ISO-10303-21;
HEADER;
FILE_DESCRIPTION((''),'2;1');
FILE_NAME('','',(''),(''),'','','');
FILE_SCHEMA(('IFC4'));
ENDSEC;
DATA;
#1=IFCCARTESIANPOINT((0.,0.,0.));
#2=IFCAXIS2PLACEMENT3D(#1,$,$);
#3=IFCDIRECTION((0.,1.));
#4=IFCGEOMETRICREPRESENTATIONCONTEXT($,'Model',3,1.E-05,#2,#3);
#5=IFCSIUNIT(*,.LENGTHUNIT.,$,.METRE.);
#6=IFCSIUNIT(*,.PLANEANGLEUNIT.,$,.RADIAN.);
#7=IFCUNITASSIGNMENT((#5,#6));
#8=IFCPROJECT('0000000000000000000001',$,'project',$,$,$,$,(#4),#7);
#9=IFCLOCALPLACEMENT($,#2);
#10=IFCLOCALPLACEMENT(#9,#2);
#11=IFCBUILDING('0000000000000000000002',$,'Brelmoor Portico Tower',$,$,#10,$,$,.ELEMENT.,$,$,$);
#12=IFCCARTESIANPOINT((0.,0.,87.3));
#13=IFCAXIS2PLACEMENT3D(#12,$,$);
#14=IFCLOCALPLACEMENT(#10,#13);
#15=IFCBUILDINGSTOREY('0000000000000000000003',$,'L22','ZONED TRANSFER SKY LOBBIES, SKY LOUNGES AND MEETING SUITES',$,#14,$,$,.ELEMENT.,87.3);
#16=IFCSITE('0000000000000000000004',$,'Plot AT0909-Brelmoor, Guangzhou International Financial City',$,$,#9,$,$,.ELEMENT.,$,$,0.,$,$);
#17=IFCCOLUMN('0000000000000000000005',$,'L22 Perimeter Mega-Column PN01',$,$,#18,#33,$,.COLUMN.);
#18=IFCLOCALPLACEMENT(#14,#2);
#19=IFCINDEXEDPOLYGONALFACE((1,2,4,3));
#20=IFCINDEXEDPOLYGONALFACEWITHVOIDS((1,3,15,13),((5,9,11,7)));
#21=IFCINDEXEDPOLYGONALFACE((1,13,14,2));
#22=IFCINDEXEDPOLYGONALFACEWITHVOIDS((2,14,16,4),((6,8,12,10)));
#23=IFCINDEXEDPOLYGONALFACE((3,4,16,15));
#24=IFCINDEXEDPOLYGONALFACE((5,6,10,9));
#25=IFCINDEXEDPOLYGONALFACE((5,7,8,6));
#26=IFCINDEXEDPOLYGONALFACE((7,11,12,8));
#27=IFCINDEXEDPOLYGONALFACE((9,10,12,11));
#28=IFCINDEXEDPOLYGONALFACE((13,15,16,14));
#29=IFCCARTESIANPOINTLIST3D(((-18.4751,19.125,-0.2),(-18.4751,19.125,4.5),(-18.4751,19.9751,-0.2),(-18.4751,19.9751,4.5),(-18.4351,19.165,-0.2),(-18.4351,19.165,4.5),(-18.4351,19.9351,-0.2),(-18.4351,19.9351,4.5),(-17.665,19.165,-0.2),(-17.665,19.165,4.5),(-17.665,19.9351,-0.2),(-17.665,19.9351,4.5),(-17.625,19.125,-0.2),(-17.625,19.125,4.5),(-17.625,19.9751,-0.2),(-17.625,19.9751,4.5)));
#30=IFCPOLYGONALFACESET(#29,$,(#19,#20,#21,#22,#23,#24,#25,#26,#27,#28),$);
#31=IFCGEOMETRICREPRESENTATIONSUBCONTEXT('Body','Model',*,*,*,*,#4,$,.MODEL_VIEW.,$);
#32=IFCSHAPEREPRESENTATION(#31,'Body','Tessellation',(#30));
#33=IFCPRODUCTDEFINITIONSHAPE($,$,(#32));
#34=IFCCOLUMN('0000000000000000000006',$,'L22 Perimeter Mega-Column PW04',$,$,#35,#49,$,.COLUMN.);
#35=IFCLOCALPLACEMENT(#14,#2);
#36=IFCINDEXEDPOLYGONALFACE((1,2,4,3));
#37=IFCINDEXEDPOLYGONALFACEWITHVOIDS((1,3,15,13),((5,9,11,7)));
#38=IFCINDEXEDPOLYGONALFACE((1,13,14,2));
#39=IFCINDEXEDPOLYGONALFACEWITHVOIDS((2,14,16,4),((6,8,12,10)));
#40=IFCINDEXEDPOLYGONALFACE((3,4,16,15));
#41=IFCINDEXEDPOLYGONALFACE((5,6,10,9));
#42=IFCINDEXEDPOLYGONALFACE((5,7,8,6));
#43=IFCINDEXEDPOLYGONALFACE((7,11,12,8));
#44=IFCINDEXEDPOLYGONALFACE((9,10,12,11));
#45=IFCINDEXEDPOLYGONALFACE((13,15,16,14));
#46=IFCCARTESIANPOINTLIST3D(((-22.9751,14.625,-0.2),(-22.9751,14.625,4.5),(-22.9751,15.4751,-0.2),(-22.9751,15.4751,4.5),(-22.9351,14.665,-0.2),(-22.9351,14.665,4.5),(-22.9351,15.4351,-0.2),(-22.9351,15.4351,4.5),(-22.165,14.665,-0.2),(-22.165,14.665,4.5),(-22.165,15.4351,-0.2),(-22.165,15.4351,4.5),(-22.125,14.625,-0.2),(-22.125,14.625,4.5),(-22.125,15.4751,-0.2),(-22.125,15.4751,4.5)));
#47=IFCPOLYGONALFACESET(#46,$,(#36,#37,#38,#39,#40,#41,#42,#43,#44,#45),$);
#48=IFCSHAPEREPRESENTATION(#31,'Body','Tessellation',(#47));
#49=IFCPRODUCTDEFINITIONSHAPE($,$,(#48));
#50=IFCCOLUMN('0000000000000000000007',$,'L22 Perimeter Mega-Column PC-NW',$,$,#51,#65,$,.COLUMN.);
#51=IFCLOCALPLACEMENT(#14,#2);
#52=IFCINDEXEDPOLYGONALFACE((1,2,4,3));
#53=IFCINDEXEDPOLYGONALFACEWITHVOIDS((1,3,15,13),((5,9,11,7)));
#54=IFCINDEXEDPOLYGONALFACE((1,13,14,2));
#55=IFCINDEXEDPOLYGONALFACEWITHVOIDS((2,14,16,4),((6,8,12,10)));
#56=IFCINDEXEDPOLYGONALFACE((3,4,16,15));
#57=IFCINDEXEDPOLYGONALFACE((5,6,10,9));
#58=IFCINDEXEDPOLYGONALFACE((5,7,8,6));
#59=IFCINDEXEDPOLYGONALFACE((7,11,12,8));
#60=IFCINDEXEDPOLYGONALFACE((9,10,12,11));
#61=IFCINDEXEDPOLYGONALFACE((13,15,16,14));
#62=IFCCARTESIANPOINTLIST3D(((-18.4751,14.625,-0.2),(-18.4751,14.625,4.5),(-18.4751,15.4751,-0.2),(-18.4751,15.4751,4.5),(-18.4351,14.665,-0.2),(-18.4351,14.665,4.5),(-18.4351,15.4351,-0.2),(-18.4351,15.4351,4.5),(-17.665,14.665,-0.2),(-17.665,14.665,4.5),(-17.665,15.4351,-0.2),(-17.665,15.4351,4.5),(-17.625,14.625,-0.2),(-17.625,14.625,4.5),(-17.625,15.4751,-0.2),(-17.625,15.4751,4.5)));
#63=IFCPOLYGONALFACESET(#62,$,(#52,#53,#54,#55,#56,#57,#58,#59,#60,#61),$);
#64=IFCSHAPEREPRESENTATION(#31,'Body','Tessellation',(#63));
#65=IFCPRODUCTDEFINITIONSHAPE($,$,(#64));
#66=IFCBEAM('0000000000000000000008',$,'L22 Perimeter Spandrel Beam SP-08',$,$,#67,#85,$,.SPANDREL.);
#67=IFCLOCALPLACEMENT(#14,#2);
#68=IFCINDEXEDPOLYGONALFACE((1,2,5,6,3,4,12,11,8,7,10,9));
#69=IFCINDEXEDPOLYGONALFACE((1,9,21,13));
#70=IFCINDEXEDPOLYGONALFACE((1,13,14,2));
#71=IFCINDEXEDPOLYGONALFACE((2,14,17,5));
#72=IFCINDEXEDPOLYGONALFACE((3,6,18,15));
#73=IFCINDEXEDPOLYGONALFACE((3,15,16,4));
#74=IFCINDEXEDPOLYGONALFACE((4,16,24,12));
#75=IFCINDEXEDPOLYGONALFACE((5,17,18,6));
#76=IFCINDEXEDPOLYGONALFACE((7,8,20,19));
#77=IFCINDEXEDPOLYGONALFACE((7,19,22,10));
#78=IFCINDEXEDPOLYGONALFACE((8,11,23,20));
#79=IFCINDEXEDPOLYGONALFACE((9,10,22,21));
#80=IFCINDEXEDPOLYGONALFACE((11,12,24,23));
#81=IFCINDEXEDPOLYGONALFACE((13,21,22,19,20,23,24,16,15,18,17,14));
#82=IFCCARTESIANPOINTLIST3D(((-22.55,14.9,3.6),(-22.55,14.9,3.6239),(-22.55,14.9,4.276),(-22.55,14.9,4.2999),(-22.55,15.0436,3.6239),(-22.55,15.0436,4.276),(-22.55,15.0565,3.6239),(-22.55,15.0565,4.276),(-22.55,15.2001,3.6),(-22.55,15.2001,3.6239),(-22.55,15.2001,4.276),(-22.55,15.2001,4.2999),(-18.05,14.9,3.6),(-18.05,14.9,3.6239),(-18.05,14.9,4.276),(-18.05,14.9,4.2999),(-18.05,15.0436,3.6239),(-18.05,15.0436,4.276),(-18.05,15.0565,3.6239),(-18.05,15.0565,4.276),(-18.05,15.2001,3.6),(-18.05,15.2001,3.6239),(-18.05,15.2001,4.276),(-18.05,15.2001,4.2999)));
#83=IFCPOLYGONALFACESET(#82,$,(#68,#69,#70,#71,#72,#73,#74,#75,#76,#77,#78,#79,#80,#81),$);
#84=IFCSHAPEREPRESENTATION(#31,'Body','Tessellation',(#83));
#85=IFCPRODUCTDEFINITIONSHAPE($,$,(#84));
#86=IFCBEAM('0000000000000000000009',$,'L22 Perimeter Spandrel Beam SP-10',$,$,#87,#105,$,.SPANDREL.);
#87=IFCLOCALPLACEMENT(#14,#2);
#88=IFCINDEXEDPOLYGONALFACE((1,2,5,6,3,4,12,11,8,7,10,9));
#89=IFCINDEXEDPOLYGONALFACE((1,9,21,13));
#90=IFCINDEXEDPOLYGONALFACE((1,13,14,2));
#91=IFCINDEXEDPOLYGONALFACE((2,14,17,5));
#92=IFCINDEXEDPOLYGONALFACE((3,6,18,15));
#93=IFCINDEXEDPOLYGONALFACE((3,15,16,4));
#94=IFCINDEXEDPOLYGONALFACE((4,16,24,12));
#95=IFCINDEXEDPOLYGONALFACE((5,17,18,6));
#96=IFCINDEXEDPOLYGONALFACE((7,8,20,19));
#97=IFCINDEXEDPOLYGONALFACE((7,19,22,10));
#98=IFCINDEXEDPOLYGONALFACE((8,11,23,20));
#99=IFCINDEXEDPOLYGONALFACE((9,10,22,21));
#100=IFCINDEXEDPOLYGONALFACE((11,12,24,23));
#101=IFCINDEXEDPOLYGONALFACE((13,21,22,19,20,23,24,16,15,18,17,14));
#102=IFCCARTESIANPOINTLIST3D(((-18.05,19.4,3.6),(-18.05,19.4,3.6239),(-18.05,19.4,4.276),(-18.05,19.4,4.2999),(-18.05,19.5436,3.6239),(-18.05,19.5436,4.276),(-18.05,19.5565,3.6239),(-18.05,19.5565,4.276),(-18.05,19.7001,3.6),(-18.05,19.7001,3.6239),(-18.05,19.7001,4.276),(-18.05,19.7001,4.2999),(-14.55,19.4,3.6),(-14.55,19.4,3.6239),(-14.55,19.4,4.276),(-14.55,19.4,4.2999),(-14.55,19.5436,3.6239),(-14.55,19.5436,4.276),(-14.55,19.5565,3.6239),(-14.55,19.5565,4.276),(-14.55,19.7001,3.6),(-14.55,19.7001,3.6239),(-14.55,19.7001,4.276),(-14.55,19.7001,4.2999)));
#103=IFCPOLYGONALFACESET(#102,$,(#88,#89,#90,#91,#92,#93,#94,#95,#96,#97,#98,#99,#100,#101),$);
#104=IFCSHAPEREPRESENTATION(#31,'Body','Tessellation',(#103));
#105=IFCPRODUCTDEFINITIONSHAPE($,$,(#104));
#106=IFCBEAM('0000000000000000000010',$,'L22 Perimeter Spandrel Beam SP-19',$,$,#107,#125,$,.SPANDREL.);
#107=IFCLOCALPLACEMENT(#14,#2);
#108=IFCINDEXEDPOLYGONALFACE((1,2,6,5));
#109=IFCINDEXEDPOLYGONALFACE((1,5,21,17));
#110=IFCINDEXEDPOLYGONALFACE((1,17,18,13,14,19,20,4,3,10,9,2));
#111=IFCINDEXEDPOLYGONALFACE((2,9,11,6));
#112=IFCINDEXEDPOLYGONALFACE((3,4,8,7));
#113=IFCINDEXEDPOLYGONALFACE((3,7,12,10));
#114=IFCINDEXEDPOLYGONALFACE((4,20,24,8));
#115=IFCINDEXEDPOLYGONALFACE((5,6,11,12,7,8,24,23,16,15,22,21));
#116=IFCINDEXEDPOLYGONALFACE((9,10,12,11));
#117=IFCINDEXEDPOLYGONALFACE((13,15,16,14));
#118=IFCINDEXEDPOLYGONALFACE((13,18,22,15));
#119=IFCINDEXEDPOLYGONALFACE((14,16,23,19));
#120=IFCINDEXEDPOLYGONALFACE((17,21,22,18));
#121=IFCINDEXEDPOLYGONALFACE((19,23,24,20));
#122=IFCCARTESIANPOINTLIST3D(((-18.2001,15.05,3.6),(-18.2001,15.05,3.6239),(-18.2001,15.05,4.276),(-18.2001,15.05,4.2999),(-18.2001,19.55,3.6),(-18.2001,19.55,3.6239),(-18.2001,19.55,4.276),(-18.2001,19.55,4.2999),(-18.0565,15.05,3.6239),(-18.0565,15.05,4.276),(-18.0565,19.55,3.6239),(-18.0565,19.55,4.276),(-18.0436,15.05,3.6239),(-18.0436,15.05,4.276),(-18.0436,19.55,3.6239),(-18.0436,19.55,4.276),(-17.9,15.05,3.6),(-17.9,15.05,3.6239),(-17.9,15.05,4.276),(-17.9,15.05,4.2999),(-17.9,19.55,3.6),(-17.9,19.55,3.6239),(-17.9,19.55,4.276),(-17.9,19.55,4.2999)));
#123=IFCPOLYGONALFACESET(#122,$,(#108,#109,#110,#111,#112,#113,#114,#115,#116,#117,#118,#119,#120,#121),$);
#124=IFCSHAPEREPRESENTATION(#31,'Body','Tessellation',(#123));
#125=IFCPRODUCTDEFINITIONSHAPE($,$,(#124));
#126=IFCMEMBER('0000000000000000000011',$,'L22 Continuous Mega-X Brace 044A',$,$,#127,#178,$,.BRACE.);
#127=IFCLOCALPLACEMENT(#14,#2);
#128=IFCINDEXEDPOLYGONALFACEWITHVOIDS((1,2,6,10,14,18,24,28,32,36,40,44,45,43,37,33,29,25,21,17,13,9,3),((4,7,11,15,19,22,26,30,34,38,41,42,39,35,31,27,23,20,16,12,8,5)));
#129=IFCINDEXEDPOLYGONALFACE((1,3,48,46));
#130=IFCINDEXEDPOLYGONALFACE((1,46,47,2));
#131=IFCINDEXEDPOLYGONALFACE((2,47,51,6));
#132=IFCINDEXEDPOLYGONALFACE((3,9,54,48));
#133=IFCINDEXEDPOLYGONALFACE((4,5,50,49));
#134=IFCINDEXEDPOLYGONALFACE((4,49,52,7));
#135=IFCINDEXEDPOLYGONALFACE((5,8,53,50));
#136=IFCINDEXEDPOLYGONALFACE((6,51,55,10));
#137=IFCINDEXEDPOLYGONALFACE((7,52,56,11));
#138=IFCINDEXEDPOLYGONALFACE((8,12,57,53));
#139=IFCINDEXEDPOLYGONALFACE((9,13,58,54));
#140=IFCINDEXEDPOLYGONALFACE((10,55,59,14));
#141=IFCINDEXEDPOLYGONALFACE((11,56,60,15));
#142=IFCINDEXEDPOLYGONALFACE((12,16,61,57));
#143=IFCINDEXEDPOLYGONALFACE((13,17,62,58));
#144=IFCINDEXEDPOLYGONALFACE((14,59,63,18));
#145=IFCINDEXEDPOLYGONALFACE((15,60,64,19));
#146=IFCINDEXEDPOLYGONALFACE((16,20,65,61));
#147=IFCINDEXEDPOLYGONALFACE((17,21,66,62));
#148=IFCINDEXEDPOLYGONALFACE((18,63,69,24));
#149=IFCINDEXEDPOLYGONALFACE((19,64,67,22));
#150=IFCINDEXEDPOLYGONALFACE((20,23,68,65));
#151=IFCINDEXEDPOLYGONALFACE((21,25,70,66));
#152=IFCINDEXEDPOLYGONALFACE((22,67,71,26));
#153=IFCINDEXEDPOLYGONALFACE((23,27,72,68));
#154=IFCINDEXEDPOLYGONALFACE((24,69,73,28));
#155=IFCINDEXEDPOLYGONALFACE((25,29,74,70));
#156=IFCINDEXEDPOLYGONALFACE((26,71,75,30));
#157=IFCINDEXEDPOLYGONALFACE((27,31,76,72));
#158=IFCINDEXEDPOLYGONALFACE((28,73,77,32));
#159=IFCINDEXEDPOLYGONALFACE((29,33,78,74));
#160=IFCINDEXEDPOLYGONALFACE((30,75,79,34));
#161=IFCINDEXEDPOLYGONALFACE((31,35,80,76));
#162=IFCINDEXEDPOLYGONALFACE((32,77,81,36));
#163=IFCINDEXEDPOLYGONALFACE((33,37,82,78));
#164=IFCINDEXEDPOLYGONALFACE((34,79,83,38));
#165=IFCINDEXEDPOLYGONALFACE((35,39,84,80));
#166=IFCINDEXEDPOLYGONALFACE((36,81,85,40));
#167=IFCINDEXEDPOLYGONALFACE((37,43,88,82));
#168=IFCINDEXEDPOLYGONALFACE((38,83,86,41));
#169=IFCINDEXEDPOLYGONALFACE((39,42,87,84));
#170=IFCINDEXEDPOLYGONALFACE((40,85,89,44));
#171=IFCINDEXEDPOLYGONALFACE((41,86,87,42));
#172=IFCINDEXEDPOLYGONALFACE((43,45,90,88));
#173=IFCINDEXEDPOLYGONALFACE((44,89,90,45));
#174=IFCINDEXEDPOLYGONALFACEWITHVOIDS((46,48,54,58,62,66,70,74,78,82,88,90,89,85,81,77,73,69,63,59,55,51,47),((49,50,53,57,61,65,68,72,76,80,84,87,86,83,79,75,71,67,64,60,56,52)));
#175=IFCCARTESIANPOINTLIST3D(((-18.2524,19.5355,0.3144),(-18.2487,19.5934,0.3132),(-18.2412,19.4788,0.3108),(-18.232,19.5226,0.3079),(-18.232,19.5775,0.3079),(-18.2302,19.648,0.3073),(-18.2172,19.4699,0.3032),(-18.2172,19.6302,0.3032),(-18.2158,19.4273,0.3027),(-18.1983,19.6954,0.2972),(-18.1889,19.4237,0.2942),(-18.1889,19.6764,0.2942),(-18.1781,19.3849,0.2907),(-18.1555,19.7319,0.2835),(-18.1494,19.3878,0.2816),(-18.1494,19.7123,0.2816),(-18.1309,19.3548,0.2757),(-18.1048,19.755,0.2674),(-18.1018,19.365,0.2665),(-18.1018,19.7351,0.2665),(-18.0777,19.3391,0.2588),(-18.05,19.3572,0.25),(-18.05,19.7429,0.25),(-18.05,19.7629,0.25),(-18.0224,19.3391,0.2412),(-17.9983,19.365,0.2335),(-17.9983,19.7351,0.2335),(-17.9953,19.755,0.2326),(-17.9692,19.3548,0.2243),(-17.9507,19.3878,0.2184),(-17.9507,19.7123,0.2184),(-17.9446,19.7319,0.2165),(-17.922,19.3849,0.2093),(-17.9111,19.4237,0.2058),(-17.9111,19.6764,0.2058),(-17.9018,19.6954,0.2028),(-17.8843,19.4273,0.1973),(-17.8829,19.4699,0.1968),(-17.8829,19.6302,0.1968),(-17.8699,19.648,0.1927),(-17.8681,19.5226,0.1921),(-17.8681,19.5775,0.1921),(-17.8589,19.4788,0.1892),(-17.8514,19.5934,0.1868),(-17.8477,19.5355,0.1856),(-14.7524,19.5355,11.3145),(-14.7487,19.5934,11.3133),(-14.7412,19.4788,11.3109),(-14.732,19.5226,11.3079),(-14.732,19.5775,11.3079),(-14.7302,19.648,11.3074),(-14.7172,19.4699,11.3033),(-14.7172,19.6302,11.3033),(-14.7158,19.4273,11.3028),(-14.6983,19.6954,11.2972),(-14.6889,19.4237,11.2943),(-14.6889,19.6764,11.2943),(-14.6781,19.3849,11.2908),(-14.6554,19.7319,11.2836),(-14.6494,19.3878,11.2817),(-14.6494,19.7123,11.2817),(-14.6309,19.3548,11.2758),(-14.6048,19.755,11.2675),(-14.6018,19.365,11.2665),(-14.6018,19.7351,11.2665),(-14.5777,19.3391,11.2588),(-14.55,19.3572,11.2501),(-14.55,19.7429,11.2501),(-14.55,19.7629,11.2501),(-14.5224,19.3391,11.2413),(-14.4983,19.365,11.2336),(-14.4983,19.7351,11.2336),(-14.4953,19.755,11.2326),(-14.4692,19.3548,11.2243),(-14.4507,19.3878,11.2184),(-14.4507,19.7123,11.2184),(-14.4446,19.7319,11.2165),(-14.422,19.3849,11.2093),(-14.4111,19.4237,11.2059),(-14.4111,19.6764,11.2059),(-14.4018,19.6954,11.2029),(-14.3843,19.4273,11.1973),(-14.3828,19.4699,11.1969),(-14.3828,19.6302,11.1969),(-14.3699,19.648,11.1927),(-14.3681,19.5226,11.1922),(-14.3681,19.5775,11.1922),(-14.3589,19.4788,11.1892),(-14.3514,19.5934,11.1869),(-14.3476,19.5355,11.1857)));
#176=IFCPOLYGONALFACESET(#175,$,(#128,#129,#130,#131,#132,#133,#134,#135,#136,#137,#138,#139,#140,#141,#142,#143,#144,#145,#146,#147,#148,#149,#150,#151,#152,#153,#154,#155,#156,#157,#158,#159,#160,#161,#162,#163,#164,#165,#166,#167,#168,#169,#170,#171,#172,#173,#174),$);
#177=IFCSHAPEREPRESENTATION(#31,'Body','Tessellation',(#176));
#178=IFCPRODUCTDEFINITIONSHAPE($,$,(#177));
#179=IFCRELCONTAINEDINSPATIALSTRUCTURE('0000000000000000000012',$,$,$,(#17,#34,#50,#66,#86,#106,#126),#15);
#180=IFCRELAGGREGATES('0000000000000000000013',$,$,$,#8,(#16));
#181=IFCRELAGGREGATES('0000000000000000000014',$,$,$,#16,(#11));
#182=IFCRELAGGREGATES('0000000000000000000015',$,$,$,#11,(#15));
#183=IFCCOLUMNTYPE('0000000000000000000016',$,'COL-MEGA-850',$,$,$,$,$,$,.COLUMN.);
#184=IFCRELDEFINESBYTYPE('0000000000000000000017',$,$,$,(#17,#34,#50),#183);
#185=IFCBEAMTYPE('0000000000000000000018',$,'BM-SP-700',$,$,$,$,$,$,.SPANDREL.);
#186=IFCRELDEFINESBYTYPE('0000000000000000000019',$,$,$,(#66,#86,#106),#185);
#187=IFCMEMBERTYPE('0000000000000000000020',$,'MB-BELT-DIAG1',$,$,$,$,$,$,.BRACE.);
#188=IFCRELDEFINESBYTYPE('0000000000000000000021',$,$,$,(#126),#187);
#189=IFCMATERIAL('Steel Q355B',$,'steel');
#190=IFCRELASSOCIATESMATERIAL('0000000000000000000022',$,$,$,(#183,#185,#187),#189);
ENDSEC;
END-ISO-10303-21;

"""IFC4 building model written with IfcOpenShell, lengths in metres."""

from ifc_helpers import new_model, si_unit, direction, frame, origin, origin_2d, place, context, subcontext, project, spatial, hollow_rectangle, hollow_circle, i_section, extrude, material, material_profile, profile_set, type_object, element, save


model = new_model("IFC4")

# Units and contexts
model_context = context("Model", 3, precision=1e-05, world=origin(), true_north=direction((0.0, 1.0)))
body_context = subcontext(model_context, "Body", "Model", "MODEL_VIEW")
ifc_project = project(units=[si_unit("LENGTHUNIT", "METRE"), si_unit("PLANEANGLEUNIT", "RADIAN")], contexts=[model_context])

# Site, building, storey
site_placement = place(None, origin())
site = spatial("IfcSite", under=ifc_project, at=site_placement, Name="Plot AT0909-Brelmoor, Guangzhou International Financial City", CompositionType="ELEMENT", RefElevation=0.0)
building_placement = place(site_placement, origin())
building = spatial("IfcBuilding", under=site, at=building_placement, Name="Brelmoor Portico Tower", CompositionType="ELEMENT")
storey_placement = place(building_placement, frame((0.0, 0.0, 87.3)))
storey = spatial("IfcBuildingStorey", under=building, at=storey_placement, Name="L22", Description="ZONED TRANSFER SKY LOBBIES, SKY LOUNGES AND MEETING SUITES", CompositionType="ELEMENT", Elevation=87.3)

# Columns
ifc_material_1 = material(Name="Steel Q355B", Category="steel")
ifc_material_profile_1 = material_profile(ifc_material_1, hollow_rectangle(XDim=0.8501, YDim=0.8501, WallThickness=0.04, at=origin_2d()), Name="BOX 850x850x40")
ifc_profile_set_1 = profile_set([ifc_material_profile_1], Name="Steel Q355B")
column_type = type_object("IfcColumnType", Name="COL-MEGA-850", PredefinedType="COLUMN", material=ifc_profile_set_1)
for number, where, z_axis, x_axis, name in (
    (1, (-18.05, 19.55, -0.2), (0.0, 0.0, 1.0), (1.0, 0.0, 0.0), "L22 Perimeter Mega-Column PN01"),
    (2, (-22.55, 15.05, -0.2), (0.0, 0.0, 1.0), (0.0, 1.0, 0.0), "L22 Perimeter Mega-Column PW04"),
    (3, (-18.05, 15.05, -0.2), (0.0, 0.0, 1.0), (1.0, 0.0, 0.0), "L22 Perimeter Mega-Column PC-NW"),
):
    element("IfcColumn", number, at=place(storey_placement, frame(where, z_axis=z_axis, x_axis=x_axis)), inside=storey, type_object=column_type, Name=name, PredefinedType="COLUMN", context=body_context, shape_type="SweptSolid", body=[
        extrude(hollow_rectangle(XDim=0.8501, YDim=0.8501, WallThickness=0.04, at=origin_2d()), origin(), (0.0, 0.0, 1.0), 4.7),
    ])

# Beams
ifc_material_profile_2 = material_profile(ifc_material_1, i_section(OverallWidth=0.3, OverallDepth=0.7, WebThickness=0.0129, FlangeThickness=0.0239, at=origin_2d()), Name="HN 700x300x13x24")
ifc_profile_set_2 = profile_set([ifc_material_profile_2], Name="Steel Q355B")
beam_type = type_object("IfcBeamType", Name="BM-SP-700", PredefinedType="SPANDREL", material=ifc_profile_set_2)
beam_1_placement = place(storey_placement, frame((-22.55, 15.05, 3.95), z_axis=(1.0, 0.0, 0.0), x_axis=(0.0, 1.0, 0.0)))
element("IfcBeam", 4, at=beam_1_placement, inside=storey, type_object=beam_type, Name="L22 Perimeter Spandrel Beam SP-08", PredefinedType="SPANDREL", context=body_context, shape_type="SweptSolid", body=[
    extrude(i_section(OverallWidth=0.3, OverallDepth=0.7, WebThickness=0.0129, FlangeThickness=0.0239, at=origin_2d()), origin(), (0.0, 0.0, 1.0), 4.5),
])
beam_2_placement = place(storey_placement, frame((-18.05, 19.55, 3.95), z_axis=(1.0, 0.0, 0.0), x_axis=(0.0, 1.0, 0.0)))
element("IfcBeam", 5, at=beam_2_placement, inside=storey, type_object=beam_type, Name="L22 Perimeter Spandrel Beam SP-10", PredefinedType="SPANDREL", context=body_context, shape_type="SweptSolid", body=[
    extrude(i_section(OverallWidth=0.3, OverallDepth=0.7, WebThickness=0.0129, FlangeThickness=0.0239, at=origin_2d()), origin(), (0.0, 0.0, 1.0), 3.5),
])
beam_3_placement = place(storey_placement, frame((-18.05, 15.05, 3.95), z_axis=(0.0, 1.0, 0.0), x_axis=(-1.0, 0.0, 0.0)))
element("IfcBeam", 6, at=beam_3_placement, inside=storey, type_object=beam_type, Name="L22 Perimeter Spandrel Beam SP-19", PredefinedType="SPANDREL", context=body_context, shape_type="SweptSolid", body=[
    extrude(i_section(OverallWidth=0.3, OverallDepth=0.7, WebThickness=0.0129, FlangeThickness=0.0239, at=origin_2d()), origin(), (0.0, 0.0, 1.0), 4.5),
])

# Member
ifc_material_profile_3 = material_profile(ifc_material_1, hollow_circle(Radius=0.2129, WallThickness=0.02, at=origin_2d()), Name="CHS 426x20")
ifc_profile_set_3 = profile_set([ifc_material_profile_3], Name="Steel Q355B")
member_type_1 = type_object("IfcMemberType", Name="MB-BELT-DIAG1", PredefinedType="BRACE", material=ifc_profile_set_3)
member_1_placement = place(storey_placement, frame((-18.05, 19.55, 0.25), z_axis=(0.303204, 0.0, 0.952926), x_axis=(0.0, 1.0, 0.0)))
element("IfcMember", 7, at=member_1_placement, inside=storey, type_object=member_type_1, Name="L22 Continuous Mega-X Brace 044A", PredefinedType="BRACE", context=body_context, shape_type="SweptSolid", body=[
    extrude(hollow_circle(Radius=0.2129, WallThickness=0.02, at=origin_2d()), origin(), (0.0, 0.0, 1.0), 11.5435),
])

save(model, "model.ifc")
